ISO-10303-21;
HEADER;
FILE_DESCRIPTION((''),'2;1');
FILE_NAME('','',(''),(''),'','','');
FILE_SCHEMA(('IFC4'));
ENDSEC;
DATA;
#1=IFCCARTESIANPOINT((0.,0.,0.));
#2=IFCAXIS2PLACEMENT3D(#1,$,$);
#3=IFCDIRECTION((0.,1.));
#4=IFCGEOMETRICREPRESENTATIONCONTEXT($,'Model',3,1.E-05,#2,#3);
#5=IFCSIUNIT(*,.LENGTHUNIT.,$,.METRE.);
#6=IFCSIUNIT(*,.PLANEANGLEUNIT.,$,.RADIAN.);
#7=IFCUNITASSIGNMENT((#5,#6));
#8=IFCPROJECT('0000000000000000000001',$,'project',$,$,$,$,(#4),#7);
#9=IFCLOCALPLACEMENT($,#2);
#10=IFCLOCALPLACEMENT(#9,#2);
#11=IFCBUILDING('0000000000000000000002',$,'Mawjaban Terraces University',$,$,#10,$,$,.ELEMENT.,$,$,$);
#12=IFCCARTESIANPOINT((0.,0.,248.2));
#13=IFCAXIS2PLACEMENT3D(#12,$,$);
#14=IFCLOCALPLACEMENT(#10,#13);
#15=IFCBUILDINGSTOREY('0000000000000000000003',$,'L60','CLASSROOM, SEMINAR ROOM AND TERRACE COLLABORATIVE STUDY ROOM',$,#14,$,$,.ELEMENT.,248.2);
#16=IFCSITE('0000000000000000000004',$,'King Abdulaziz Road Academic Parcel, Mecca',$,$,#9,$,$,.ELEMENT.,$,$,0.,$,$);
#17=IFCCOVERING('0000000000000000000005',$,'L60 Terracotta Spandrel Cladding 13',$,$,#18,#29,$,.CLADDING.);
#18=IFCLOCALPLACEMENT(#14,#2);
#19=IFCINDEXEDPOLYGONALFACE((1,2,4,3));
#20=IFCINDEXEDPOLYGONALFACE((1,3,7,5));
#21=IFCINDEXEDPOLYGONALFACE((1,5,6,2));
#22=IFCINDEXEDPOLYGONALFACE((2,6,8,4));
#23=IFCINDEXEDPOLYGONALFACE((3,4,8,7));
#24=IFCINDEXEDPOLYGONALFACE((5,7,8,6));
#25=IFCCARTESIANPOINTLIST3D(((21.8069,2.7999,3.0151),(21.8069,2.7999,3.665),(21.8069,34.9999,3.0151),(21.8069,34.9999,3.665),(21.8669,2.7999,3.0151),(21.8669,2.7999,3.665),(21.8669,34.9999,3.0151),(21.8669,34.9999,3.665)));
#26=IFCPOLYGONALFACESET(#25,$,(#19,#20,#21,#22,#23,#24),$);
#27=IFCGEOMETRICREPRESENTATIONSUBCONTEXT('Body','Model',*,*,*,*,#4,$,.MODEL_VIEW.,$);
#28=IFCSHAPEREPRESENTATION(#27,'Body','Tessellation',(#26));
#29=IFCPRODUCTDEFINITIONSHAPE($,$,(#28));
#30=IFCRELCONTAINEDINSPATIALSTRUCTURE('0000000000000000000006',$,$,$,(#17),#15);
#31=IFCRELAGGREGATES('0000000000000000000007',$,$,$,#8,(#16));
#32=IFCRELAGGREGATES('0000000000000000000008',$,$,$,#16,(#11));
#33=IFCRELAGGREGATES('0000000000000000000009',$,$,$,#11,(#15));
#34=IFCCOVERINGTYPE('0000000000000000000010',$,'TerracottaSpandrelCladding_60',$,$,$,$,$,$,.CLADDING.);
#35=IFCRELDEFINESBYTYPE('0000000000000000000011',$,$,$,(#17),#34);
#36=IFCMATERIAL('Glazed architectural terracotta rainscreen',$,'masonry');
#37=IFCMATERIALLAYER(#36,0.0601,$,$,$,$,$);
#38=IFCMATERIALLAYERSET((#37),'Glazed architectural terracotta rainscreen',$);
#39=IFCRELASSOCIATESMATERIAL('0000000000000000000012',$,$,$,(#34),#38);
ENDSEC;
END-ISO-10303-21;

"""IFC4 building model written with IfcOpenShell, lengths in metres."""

from ifc_helpers import new_model, si_unit, direction, frame, origin, origin_2d, place, context, subcontext, project, spatial, rectangle, extrude, material, layer, layer_set, type_object, element, save


model = new_model("IFC4")

# Units and contexts
model_context = context("Model", 3, precision=1e-05, world=origin(), true_north=direction((0.0, 1.0)))
body_context = subcontext(model_context, "Body", "Model", "MODEL_VIEW")
ifc_project = project(units=[si_unit("LENGTHUNIT", "METRE"), si_unit("PLANEANGLEUNIT", "RADIAN")], contexts=[model_context])

# Site, building, storey
site_placement = place(None, origin())
site = spatial("IfcSite", under=ifc_project, at=site_placement, Name="King Abdulaziz Road Academic Parcel, Mecca", CompositionType="ELEMENT", RefElevation=0.0)
building_placement = place(site_placement, origin())
building = spatial("IfcBuilding", under=site, at=building_placement, Name="Mawjaban Terraces University", CompositionType="ELEMENT")
storey_placement = place(building_placement, frame((0.0, 0.0, 248.2)))
storey = spatial("IfcBuildingStorey", under=building, at=storey_placement, Name="L60", Description="CLASSROOM, SEMINAR ROOM AND TERRACE COLLABORATIVE STUDY ROOM", CompositionType="ELEMENT", Elevation=248.2)

# Covering
ifc_material_1 = material(Name="Glazed architectural terracotta rainscreen", Category="masonry")
ifc_layer_1 = layer(ifc_material_1, 0.0601)
ifc_layer_set_1 = layer_set([ifc_layer_1], Name="Glazed architectural terracotta rainscreen")
covering_type = type_object("IfcCoveringType", Name="TerracottaSpandrelCladding_60", PredefinedType="CLADDING", material=ifc_layer_set_1)
covering_placement = place(storey_placement, frame((21.8369, 18.8999, 3.0151), z_axis=(0.0, 0.0, 1.0), x_axis=(0.0, -1.0, 0.0)))
element("IfcCovering", 1, at=covering_placement, inside=storey, type_object=covering_type, Name="L60 Terracotta Spandrel Cladding 13", PredefinedType="CLADDING", context=body_context, shape_type="SweptSolid", body=[
    extrude(rectangle(XDim=32.2, YDim=0.0601, at=origin_2d()), origin(), (0.0, 0.0, 1.0), 0.6499),
])

save(model, "model.ifc")
